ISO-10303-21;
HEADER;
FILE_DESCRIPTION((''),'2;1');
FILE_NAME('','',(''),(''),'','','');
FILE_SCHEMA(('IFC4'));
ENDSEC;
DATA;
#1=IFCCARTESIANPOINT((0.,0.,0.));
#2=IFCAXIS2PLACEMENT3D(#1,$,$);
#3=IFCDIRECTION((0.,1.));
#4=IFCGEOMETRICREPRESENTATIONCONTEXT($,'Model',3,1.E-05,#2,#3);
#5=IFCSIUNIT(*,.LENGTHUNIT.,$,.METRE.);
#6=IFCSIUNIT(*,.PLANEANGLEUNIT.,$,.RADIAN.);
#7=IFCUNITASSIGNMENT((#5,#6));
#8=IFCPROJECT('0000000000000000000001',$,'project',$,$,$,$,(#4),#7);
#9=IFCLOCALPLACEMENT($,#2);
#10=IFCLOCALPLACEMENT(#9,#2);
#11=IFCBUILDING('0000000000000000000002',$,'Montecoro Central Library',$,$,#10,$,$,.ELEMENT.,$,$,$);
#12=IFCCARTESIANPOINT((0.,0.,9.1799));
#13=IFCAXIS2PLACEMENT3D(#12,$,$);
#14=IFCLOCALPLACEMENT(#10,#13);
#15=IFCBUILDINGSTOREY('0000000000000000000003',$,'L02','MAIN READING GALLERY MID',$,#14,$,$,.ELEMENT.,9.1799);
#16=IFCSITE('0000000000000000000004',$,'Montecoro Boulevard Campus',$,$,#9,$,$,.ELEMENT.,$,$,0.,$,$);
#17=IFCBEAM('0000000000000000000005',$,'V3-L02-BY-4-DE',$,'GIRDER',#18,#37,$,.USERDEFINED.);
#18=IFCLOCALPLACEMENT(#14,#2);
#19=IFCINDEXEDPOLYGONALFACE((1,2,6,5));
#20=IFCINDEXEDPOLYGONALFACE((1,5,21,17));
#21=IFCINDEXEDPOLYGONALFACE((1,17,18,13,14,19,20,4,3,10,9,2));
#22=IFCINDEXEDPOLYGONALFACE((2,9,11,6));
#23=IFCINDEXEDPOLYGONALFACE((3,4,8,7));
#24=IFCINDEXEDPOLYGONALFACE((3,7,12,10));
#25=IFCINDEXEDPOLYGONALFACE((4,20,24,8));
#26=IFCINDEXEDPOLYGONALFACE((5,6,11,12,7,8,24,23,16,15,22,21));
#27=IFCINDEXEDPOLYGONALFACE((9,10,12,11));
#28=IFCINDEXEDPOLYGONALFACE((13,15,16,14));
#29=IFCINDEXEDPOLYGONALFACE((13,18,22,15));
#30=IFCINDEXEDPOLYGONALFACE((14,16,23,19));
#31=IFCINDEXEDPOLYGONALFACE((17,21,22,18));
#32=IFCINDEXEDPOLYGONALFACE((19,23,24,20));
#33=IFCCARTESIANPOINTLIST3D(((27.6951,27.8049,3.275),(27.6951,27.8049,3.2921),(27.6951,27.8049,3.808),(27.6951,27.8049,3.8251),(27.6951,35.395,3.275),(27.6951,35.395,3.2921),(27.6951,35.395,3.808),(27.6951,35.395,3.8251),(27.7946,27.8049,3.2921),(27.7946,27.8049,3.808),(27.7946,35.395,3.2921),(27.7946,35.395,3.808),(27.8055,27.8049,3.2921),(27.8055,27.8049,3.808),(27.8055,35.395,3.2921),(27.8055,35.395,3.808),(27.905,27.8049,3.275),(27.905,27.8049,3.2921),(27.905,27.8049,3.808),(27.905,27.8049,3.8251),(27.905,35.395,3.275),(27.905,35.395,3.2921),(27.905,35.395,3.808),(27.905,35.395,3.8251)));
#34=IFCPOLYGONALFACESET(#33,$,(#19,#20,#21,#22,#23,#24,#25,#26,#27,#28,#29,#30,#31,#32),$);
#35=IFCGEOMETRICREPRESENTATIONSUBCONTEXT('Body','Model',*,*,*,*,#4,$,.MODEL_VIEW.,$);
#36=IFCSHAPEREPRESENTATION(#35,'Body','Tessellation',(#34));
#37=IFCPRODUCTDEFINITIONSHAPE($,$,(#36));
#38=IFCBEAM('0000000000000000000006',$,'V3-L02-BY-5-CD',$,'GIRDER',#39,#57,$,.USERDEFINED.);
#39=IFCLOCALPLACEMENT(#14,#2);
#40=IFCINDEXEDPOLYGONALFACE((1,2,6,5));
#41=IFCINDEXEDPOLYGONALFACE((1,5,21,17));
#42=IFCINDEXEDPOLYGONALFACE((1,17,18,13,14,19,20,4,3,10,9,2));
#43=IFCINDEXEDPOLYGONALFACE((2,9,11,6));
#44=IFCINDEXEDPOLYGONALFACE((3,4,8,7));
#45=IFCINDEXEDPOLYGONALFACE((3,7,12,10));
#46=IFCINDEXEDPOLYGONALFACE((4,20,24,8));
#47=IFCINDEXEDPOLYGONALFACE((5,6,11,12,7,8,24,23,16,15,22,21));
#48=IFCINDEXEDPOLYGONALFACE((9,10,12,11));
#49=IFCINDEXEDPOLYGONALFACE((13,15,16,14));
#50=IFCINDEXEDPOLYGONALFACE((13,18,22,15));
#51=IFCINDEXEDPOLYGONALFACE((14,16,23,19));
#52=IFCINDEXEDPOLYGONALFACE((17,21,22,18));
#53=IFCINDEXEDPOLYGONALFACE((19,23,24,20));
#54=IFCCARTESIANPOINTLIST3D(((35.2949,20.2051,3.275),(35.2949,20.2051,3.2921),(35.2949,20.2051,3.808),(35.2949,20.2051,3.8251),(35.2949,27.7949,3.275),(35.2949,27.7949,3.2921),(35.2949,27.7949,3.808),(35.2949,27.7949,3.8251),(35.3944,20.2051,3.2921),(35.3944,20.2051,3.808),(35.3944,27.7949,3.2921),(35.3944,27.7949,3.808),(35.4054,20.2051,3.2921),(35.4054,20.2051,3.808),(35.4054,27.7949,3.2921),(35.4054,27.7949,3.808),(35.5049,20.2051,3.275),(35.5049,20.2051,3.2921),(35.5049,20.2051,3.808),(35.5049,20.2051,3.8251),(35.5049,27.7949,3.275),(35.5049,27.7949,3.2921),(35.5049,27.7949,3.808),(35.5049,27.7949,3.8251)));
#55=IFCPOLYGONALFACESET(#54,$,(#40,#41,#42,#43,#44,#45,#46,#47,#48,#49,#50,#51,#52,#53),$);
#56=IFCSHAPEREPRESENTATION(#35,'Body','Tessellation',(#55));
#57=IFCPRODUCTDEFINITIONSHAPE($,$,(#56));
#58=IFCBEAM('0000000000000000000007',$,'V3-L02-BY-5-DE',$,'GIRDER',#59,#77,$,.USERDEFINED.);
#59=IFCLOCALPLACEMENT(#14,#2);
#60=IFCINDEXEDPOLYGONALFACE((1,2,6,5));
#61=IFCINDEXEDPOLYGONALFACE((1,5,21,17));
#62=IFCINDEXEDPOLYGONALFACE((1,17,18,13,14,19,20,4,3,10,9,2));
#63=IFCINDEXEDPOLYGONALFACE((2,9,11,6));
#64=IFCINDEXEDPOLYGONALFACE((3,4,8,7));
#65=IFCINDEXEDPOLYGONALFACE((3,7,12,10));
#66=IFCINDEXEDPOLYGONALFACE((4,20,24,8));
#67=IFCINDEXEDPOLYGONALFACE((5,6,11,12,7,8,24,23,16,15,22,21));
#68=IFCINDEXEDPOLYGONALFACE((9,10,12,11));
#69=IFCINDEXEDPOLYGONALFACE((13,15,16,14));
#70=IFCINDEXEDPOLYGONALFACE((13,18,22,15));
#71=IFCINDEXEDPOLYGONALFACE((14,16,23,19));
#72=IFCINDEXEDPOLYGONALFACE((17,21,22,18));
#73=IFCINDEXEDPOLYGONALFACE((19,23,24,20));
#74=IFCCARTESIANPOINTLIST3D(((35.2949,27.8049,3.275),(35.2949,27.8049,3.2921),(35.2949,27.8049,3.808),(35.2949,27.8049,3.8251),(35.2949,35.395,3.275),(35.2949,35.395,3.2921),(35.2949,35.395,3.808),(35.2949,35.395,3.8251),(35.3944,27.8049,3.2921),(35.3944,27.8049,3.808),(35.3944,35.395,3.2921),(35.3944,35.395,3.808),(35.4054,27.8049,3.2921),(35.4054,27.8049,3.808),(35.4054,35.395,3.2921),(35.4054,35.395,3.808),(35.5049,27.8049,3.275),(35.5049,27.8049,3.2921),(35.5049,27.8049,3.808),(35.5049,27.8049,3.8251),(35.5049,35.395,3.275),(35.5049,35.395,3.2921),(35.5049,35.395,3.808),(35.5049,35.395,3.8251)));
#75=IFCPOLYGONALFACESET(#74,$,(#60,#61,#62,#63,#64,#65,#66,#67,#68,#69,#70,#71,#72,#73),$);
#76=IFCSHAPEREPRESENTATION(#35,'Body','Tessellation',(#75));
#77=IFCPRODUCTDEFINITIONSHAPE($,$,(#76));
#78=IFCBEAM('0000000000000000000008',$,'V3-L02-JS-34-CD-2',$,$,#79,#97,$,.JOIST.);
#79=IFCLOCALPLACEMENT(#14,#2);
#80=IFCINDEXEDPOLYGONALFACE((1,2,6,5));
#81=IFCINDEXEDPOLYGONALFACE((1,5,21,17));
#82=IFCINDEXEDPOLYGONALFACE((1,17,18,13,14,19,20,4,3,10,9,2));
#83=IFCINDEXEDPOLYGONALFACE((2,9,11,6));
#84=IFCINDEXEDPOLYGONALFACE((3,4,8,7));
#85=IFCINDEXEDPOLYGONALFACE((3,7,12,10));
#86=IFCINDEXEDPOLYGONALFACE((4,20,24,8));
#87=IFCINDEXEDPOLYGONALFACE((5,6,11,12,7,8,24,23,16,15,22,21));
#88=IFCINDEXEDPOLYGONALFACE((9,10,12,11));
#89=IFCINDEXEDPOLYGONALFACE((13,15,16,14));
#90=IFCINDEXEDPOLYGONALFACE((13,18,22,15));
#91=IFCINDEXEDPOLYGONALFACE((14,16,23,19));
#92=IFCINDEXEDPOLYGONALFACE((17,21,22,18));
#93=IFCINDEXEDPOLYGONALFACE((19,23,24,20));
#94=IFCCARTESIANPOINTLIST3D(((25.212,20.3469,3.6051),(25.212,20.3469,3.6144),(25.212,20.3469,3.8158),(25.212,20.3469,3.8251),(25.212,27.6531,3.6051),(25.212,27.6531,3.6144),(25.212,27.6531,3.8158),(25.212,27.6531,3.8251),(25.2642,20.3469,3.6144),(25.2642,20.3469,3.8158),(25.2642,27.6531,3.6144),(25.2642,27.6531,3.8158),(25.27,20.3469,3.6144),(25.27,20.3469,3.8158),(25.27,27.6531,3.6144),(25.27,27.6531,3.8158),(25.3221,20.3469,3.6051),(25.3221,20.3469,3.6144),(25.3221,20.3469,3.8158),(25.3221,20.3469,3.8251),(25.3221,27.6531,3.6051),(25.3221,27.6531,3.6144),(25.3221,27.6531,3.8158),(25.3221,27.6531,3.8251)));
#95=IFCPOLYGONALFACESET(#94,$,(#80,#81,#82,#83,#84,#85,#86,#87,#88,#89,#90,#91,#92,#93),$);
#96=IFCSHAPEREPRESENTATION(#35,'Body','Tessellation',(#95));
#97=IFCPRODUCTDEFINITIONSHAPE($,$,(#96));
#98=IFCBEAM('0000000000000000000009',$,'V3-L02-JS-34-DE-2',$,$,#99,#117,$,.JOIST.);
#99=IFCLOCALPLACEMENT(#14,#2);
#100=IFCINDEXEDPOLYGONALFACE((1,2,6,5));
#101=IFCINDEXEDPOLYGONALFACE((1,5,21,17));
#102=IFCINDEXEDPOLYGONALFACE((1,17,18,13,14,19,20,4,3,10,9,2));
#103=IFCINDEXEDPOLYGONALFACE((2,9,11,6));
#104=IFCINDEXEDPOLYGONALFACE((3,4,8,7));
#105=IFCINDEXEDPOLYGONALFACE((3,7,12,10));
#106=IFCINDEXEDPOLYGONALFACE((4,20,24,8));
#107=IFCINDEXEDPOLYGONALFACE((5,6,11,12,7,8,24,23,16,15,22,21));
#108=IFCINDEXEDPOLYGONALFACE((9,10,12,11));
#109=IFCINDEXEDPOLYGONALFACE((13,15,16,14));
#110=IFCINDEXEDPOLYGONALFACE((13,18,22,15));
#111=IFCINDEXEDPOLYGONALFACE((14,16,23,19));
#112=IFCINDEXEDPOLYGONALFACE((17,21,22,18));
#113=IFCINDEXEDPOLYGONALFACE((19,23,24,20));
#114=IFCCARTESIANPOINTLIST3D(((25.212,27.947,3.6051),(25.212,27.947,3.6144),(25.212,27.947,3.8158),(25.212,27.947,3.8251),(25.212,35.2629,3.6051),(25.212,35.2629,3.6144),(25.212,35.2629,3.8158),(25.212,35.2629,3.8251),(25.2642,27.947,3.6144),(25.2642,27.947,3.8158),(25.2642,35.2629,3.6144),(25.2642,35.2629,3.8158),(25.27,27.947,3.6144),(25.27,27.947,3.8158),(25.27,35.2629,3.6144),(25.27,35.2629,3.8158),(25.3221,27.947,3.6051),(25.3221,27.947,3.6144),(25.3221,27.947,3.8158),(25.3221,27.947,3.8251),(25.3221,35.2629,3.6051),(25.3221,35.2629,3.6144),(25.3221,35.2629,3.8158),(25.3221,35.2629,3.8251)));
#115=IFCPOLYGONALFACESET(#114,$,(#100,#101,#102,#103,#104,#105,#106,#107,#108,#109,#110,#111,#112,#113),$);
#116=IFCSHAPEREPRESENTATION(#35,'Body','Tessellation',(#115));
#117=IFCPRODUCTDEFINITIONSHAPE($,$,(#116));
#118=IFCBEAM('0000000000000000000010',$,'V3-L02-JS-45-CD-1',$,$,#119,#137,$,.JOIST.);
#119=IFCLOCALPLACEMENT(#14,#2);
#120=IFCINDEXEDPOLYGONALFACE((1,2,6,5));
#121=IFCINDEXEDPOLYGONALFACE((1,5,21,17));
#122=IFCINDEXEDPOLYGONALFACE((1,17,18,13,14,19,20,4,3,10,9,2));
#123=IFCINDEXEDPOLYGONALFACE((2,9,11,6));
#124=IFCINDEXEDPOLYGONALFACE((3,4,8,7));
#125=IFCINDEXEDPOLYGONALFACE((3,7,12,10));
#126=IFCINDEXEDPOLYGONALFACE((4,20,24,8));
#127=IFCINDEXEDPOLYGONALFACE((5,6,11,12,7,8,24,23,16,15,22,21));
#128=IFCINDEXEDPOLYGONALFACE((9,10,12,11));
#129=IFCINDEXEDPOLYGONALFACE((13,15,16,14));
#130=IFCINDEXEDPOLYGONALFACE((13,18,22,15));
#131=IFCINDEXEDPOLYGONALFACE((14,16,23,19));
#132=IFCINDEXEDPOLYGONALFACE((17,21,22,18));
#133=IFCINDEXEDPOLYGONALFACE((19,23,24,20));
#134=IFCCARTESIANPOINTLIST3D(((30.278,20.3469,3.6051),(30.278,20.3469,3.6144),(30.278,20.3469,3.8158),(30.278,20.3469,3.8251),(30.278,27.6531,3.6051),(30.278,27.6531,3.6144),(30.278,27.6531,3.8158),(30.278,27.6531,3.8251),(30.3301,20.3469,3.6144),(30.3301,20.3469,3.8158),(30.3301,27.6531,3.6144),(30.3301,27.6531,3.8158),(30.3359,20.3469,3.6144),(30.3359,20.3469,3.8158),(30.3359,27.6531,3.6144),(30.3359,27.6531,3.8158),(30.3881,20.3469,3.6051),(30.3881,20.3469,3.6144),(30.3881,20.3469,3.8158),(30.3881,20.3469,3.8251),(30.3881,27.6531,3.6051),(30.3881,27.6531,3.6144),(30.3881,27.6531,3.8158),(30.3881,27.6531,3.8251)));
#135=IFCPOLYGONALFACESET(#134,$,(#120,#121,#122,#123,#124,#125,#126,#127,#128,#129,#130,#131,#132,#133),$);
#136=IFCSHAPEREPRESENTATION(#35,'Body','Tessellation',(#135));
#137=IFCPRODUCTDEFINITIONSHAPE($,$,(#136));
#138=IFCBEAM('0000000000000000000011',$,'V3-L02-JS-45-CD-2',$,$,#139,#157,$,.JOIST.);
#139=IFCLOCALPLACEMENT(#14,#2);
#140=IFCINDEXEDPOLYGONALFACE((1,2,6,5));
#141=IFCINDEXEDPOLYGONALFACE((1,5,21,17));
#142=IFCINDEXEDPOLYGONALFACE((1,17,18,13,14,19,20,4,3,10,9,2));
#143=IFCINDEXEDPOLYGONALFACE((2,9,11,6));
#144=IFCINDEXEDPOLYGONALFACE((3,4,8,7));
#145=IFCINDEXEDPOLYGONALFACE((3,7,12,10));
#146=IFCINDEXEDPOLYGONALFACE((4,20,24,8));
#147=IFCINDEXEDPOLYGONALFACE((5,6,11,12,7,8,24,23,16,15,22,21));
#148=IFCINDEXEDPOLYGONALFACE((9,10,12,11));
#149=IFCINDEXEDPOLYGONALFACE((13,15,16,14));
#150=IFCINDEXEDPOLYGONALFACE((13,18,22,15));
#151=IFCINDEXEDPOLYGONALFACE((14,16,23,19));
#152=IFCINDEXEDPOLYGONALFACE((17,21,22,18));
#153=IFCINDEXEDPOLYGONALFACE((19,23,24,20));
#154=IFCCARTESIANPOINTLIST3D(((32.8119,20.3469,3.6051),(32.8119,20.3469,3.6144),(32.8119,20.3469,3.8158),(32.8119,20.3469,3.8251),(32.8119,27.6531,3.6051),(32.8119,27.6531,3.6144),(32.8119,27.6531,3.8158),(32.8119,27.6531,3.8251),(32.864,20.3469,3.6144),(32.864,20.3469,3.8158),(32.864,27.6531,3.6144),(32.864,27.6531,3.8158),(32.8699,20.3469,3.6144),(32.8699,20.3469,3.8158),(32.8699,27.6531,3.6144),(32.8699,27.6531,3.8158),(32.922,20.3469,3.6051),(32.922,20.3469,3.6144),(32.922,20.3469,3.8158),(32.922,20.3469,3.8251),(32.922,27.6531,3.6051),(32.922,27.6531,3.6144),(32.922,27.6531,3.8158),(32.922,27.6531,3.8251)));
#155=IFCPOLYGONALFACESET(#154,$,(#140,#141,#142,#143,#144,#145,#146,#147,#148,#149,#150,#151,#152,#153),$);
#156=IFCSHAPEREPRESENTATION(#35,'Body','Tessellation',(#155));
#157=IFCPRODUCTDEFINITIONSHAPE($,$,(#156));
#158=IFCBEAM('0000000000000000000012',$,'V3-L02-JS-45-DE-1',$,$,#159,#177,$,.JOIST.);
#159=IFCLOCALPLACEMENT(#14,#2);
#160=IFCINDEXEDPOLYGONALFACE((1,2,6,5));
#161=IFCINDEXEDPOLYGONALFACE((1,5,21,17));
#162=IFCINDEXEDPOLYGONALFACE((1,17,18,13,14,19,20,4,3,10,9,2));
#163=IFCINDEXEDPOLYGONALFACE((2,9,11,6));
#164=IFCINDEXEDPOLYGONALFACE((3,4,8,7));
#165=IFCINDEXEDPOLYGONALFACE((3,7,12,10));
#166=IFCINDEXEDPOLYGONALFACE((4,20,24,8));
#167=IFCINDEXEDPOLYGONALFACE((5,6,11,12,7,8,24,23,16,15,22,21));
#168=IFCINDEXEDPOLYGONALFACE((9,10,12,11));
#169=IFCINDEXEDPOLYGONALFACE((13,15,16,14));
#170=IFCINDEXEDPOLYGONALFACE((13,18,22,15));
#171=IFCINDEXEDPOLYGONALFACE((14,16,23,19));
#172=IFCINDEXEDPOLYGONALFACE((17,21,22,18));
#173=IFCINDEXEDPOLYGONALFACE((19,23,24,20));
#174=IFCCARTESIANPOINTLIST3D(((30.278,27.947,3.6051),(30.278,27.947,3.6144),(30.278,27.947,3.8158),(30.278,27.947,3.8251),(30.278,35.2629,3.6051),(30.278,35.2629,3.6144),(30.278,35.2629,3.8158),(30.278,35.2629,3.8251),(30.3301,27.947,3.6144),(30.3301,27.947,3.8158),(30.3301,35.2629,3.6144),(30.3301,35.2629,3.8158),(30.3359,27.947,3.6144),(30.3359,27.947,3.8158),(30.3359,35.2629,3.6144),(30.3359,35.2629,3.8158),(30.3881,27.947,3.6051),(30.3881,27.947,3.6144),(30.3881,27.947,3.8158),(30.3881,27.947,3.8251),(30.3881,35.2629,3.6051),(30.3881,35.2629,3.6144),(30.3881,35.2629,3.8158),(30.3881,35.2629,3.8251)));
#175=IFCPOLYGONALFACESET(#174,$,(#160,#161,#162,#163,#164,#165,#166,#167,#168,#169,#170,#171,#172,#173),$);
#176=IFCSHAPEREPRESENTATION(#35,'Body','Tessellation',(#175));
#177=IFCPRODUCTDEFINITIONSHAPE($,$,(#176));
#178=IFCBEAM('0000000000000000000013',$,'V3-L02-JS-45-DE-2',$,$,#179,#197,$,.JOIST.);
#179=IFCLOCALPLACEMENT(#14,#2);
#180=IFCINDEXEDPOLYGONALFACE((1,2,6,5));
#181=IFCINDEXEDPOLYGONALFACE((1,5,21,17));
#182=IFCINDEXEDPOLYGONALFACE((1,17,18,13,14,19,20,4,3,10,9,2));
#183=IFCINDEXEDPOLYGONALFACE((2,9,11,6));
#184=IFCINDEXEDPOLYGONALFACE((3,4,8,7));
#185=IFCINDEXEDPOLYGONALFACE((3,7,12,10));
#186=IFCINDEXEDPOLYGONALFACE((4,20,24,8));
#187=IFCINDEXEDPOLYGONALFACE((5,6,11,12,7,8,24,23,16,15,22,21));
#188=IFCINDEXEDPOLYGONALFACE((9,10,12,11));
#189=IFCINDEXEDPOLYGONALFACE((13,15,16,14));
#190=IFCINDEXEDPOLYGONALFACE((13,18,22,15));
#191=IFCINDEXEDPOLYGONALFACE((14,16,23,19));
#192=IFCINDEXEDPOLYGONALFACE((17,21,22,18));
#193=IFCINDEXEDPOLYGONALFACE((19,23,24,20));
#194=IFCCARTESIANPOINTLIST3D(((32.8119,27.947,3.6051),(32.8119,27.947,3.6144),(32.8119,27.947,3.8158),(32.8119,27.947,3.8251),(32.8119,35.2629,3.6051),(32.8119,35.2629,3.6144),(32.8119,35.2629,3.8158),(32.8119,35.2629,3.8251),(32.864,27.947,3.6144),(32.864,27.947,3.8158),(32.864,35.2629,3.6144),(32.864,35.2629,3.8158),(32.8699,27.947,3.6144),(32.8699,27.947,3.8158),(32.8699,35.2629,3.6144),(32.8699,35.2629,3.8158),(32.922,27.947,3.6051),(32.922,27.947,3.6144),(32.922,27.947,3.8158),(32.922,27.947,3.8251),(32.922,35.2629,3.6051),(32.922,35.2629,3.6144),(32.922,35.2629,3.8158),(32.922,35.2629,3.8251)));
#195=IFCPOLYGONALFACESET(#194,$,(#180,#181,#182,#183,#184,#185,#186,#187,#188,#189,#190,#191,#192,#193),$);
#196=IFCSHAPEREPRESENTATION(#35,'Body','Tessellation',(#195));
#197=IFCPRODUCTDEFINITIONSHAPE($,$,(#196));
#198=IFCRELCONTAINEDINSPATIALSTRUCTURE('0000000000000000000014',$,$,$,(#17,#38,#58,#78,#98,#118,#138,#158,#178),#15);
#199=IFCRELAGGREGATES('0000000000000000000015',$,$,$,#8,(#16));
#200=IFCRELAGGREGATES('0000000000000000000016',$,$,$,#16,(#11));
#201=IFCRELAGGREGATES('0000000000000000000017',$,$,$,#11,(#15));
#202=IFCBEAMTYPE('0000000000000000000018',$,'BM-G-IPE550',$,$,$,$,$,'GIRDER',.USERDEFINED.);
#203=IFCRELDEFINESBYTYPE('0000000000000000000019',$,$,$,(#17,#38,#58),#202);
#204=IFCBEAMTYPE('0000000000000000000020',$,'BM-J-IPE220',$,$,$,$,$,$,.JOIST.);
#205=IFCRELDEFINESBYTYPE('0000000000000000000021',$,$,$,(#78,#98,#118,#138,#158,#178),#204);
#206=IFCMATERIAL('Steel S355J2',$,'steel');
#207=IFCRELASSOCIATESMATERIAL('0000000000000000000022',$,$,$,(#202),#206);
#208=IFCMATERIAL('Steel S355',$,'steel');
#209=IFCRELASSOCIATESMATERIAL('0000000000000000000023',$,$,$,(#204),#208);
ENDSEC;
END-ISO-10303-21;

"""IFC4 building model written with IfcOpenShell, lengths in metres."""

from ifc_helpers import new_model, si_unit, direction, frame, origin, origin_2d, place, context, subcontext, project, spatial, i_section, extrude, material, material_profile, profile_set, type_object, element, save


model = new_model("IFC4")

# Units and contexts
model_context = context("Model", 3, precision=1e-05, world=origin(), true_north=direction((0.0, 1.0)))
body_context = subcontext(model_context, "Body", "Model", "MODEL_VIEW")
ifc_project = project(units=[si_unit("LENGTHUNIT", "METRE"), si_unit("PLANEANGLEUNIT", "RADIAN")], contexts=[model_context])

# Site, building, storey
site_placement = place(None, origin())
site = spatial("IfcSite", under=ifc_project, at=site_placement, Name="Montecoro Boulevard Campus", CompositionType="ELEMENT", RefElevation=0.0)
building_placement = place(site_placement, origin())
building = spatial("IfcBuilding", under=site, at=building_placement, Name="Montecoro Central Library", CompositionType="ELEMENT")
storey_placement = place(building_placement, frame((0.0, 0.0, 9.1799)))
storey = spatial("IfcBuildingStorey", under=building, at=storey_placement, Name="L02", Description="MAIN READING GALLERY MID", CompositionType="ELEMENT", Elevation=9.1799)

# Shared definitions
ifc_material_1 = material(Name="Steel S355", Category="steel")

# Beams
ifc_material_2 = material(Name="Steel S355J2", Category="steel")
ifc_material_profile_1 = material_profile(ifc_material_2, i_section(OverallWidth=0.21, OverallDepth=0.55, WebThickness=0.011, FlangeThickness=0.0171, at=origin_2d()), Name="IPE 550")
ifc_profile_set_1 = profile_set([ifc_material_profile_1], Name="Steel S355J2")
beam_type_1 = type_object("IfcBeamType", Name="BM-G-IPE550", ElementType="GIRDER", PredefinedType="USERDEFINED", material=ifc_profile_set_1)
beam_1_placement = place(storey_placement, frame((27.8, 27.8049, 3.55), z_axis=(0.0, 1.0, 0.0), x_axis=(-1.0, 0.0, 0.0)))
element("IfcBeam", 1, at=beam_1_placement, inside=storey, type_object=beam_type_1, Name="V3-L02-BY-4-DE", ObjectType="GIRDER", PredefinedType="USERDEFINED", context=body_context, shape_type="SweptSolid", body=[
    extrude(i_section(OverallWidth=0.21, OverallDepth=0.55, WebThickness=0.011, FlangeThickness=0.0171, at=origin_2d()), origin(), (0.0, 0.0, 1.0), 7.5901),
])
beam_2_placement = place(storey_placement, frame((35.3999, 20.2051, 3.55), z_axis=(0.0, 1.0, 0.0), x_axis=(-1.0, 0.0, 0.0)))
element("IfcBeam", 2, at=beam_2_placement, inside=storey, type_object=beam_type_1, Name="V3-L02-BY-5-CD", ObjectType="GIRDER", PredefinedType="USERDEFINED", context=body_context, shape_type="SweptSolid", body=[
    extrude(i_section(OverallWidth=0.21, OverallDepth=0.55, WebThickness=0.011, FlangeThickness=0.0171, at=origin_2d()), origin(), (0.0, 0.0, 1.0), 7.5898),
])
beam_3_placement = place(storey_placement, frame((35.3999, 27.8049, 3.55), z_axis=(0.0, 1.0, 0.0), x_axis=(-1.0, 0.0, 0.0)))
element("IfcBeam", 3, at=beam_3_placement, inside=storey, type_object=beam_type_1, Name="V3-L02-BY-5-DE", ObjectType="GIRDER", PredefinedType="USERDEFINED", context=body_context, shape_type="SweptSolid", body=[
    extrude(i_section(OverallWidth=0.21, OverallDepth=0.55, WebThickness=0.011, FlangeThickness=0.0171, at=origin_2d()), origin(), (0.0, 0.0, 1.0), 7.5901),
])
ifc_material_profile_2 = material_profile(ifc_material_1, i_section(OverallWidth=0.1101, OverallDepth=0.22, WebThickness=0.0059, FlangeThickness=0.0093, at=origin_2d()), Name="IPE 220")
ifc_profile_set_2 = profile_set([ifc_material_profile_2], Name="Steel S355")
beam_type_2 = type_object("IfcBeamType", Name="BM-J-IPE220", PredefinedType="JOIST", material=ifc_profile_set_2)
beam_4_placement = place(storey_placement, frame((25.2671, 20.3469, 3.7151), z_axis=(0.0, 1.0, 0.0), x_axis=(-1.0, 0.0, 0.0)))
element("IfcBeam", 4, at=beam_4_placement, inside=storey, type_object=beam_type_2, Name="V3-L02-JS-34-CD-2", PredefinedType="JOIST", context=body_context, shape_type="SweptSolid", body=[
    extrude(i_section(OverallWidth=0.1101, OverallDepth=0.22, WebThickness=0.0059, FlangeThickness=0.0093, at=origin_2d()), origin(), (0.0, 0.0, 1.0), 7.3062),
])
beam_5_placement = place(storey_placement, frame((25.2671, 27.947, 3.7151), z_axis=(0.0, 1.0, 0.0), x_axis=(-1.0, 0.0, 0.0)))
element("IfcBeam", 5, at=beam_5_placement, inside=storey, type_object=beam_type_2, Name="V3-L02-JS-34-DE-2", PredefinedType="JOIST", context=body_context, shape_type="SweptSolid", body=[
    extrude(i_section(OverallWidth=0.1101, OverallDepth=0.22, WebThickness=0.0059, FlangeThickness=0.0093, at=origin_2d()), origin(), (0.0, 0.0, 1.0), 7.3159),
])
for number, where, z_axis, x_axis, name in (
    (6, (30.333, 20.3469, 3.7151), (0.0, 1.0, 0.0), (-1.0, 0.0, 0.0), "V3-L02-JS-45-CD-1"),
    (7, (32.8669, 20.3469, 3.7151), (0.0, 1.0, 0.0), (-1.0, 0.0, 0.0), "V3-L02-JS-45-CD-2"),
):
    element("IfcBeam", number, at=place(storey_placement, frame(where, z_axis=z_axis, x_axis=x_axis)), inside=storey, type_object=beam_type_2, Name=name, PredefinedType="JOIST", context=body_context, shape_type="SweptSolid", body=[
        extrude(i_section(OverallWidth=0.1101, OverallDepth=0.22, WebThickness=0.0059, FlangeThickness=0.0093, at=origin_2d()), origin(), (0.0, 0.0, 1.0), 7.3062),
    ])
for number, where, z_axis, x_axis, name in (
    (8, (30.333, 27.947, 3.7151), (0.0, 1.0, 0.0), (-1.0, 0.0, 0.0), "V3-L02-JS-45-DE-1"),
    (9, (32.8669, 27.947, 3.7151), (0.0, 1.0, 0.0), (-1.0, 0.0, 0.0), "V3-L02-JS-45-DE-2"),
):
    element("IfcBeam", number, at=place(storey_placement, frame(where, z_axis=z_axis, x_axis=x_axis)), inside=storey, type_object=beam_type_2, Name=name, PredefinedType="JOIST", context=body_context, shape_type="SweptSolid", body=[
        extrude(i_section(OverallWidth=0.1101, OverallDepth=0.22, WebThickness=0.0059, FlangeThickness=0.0093, at=origin_2d()), origin(), (0.0, 0.0, 1.0), 7.3159),
    ])

save(model, "model.ifc")
